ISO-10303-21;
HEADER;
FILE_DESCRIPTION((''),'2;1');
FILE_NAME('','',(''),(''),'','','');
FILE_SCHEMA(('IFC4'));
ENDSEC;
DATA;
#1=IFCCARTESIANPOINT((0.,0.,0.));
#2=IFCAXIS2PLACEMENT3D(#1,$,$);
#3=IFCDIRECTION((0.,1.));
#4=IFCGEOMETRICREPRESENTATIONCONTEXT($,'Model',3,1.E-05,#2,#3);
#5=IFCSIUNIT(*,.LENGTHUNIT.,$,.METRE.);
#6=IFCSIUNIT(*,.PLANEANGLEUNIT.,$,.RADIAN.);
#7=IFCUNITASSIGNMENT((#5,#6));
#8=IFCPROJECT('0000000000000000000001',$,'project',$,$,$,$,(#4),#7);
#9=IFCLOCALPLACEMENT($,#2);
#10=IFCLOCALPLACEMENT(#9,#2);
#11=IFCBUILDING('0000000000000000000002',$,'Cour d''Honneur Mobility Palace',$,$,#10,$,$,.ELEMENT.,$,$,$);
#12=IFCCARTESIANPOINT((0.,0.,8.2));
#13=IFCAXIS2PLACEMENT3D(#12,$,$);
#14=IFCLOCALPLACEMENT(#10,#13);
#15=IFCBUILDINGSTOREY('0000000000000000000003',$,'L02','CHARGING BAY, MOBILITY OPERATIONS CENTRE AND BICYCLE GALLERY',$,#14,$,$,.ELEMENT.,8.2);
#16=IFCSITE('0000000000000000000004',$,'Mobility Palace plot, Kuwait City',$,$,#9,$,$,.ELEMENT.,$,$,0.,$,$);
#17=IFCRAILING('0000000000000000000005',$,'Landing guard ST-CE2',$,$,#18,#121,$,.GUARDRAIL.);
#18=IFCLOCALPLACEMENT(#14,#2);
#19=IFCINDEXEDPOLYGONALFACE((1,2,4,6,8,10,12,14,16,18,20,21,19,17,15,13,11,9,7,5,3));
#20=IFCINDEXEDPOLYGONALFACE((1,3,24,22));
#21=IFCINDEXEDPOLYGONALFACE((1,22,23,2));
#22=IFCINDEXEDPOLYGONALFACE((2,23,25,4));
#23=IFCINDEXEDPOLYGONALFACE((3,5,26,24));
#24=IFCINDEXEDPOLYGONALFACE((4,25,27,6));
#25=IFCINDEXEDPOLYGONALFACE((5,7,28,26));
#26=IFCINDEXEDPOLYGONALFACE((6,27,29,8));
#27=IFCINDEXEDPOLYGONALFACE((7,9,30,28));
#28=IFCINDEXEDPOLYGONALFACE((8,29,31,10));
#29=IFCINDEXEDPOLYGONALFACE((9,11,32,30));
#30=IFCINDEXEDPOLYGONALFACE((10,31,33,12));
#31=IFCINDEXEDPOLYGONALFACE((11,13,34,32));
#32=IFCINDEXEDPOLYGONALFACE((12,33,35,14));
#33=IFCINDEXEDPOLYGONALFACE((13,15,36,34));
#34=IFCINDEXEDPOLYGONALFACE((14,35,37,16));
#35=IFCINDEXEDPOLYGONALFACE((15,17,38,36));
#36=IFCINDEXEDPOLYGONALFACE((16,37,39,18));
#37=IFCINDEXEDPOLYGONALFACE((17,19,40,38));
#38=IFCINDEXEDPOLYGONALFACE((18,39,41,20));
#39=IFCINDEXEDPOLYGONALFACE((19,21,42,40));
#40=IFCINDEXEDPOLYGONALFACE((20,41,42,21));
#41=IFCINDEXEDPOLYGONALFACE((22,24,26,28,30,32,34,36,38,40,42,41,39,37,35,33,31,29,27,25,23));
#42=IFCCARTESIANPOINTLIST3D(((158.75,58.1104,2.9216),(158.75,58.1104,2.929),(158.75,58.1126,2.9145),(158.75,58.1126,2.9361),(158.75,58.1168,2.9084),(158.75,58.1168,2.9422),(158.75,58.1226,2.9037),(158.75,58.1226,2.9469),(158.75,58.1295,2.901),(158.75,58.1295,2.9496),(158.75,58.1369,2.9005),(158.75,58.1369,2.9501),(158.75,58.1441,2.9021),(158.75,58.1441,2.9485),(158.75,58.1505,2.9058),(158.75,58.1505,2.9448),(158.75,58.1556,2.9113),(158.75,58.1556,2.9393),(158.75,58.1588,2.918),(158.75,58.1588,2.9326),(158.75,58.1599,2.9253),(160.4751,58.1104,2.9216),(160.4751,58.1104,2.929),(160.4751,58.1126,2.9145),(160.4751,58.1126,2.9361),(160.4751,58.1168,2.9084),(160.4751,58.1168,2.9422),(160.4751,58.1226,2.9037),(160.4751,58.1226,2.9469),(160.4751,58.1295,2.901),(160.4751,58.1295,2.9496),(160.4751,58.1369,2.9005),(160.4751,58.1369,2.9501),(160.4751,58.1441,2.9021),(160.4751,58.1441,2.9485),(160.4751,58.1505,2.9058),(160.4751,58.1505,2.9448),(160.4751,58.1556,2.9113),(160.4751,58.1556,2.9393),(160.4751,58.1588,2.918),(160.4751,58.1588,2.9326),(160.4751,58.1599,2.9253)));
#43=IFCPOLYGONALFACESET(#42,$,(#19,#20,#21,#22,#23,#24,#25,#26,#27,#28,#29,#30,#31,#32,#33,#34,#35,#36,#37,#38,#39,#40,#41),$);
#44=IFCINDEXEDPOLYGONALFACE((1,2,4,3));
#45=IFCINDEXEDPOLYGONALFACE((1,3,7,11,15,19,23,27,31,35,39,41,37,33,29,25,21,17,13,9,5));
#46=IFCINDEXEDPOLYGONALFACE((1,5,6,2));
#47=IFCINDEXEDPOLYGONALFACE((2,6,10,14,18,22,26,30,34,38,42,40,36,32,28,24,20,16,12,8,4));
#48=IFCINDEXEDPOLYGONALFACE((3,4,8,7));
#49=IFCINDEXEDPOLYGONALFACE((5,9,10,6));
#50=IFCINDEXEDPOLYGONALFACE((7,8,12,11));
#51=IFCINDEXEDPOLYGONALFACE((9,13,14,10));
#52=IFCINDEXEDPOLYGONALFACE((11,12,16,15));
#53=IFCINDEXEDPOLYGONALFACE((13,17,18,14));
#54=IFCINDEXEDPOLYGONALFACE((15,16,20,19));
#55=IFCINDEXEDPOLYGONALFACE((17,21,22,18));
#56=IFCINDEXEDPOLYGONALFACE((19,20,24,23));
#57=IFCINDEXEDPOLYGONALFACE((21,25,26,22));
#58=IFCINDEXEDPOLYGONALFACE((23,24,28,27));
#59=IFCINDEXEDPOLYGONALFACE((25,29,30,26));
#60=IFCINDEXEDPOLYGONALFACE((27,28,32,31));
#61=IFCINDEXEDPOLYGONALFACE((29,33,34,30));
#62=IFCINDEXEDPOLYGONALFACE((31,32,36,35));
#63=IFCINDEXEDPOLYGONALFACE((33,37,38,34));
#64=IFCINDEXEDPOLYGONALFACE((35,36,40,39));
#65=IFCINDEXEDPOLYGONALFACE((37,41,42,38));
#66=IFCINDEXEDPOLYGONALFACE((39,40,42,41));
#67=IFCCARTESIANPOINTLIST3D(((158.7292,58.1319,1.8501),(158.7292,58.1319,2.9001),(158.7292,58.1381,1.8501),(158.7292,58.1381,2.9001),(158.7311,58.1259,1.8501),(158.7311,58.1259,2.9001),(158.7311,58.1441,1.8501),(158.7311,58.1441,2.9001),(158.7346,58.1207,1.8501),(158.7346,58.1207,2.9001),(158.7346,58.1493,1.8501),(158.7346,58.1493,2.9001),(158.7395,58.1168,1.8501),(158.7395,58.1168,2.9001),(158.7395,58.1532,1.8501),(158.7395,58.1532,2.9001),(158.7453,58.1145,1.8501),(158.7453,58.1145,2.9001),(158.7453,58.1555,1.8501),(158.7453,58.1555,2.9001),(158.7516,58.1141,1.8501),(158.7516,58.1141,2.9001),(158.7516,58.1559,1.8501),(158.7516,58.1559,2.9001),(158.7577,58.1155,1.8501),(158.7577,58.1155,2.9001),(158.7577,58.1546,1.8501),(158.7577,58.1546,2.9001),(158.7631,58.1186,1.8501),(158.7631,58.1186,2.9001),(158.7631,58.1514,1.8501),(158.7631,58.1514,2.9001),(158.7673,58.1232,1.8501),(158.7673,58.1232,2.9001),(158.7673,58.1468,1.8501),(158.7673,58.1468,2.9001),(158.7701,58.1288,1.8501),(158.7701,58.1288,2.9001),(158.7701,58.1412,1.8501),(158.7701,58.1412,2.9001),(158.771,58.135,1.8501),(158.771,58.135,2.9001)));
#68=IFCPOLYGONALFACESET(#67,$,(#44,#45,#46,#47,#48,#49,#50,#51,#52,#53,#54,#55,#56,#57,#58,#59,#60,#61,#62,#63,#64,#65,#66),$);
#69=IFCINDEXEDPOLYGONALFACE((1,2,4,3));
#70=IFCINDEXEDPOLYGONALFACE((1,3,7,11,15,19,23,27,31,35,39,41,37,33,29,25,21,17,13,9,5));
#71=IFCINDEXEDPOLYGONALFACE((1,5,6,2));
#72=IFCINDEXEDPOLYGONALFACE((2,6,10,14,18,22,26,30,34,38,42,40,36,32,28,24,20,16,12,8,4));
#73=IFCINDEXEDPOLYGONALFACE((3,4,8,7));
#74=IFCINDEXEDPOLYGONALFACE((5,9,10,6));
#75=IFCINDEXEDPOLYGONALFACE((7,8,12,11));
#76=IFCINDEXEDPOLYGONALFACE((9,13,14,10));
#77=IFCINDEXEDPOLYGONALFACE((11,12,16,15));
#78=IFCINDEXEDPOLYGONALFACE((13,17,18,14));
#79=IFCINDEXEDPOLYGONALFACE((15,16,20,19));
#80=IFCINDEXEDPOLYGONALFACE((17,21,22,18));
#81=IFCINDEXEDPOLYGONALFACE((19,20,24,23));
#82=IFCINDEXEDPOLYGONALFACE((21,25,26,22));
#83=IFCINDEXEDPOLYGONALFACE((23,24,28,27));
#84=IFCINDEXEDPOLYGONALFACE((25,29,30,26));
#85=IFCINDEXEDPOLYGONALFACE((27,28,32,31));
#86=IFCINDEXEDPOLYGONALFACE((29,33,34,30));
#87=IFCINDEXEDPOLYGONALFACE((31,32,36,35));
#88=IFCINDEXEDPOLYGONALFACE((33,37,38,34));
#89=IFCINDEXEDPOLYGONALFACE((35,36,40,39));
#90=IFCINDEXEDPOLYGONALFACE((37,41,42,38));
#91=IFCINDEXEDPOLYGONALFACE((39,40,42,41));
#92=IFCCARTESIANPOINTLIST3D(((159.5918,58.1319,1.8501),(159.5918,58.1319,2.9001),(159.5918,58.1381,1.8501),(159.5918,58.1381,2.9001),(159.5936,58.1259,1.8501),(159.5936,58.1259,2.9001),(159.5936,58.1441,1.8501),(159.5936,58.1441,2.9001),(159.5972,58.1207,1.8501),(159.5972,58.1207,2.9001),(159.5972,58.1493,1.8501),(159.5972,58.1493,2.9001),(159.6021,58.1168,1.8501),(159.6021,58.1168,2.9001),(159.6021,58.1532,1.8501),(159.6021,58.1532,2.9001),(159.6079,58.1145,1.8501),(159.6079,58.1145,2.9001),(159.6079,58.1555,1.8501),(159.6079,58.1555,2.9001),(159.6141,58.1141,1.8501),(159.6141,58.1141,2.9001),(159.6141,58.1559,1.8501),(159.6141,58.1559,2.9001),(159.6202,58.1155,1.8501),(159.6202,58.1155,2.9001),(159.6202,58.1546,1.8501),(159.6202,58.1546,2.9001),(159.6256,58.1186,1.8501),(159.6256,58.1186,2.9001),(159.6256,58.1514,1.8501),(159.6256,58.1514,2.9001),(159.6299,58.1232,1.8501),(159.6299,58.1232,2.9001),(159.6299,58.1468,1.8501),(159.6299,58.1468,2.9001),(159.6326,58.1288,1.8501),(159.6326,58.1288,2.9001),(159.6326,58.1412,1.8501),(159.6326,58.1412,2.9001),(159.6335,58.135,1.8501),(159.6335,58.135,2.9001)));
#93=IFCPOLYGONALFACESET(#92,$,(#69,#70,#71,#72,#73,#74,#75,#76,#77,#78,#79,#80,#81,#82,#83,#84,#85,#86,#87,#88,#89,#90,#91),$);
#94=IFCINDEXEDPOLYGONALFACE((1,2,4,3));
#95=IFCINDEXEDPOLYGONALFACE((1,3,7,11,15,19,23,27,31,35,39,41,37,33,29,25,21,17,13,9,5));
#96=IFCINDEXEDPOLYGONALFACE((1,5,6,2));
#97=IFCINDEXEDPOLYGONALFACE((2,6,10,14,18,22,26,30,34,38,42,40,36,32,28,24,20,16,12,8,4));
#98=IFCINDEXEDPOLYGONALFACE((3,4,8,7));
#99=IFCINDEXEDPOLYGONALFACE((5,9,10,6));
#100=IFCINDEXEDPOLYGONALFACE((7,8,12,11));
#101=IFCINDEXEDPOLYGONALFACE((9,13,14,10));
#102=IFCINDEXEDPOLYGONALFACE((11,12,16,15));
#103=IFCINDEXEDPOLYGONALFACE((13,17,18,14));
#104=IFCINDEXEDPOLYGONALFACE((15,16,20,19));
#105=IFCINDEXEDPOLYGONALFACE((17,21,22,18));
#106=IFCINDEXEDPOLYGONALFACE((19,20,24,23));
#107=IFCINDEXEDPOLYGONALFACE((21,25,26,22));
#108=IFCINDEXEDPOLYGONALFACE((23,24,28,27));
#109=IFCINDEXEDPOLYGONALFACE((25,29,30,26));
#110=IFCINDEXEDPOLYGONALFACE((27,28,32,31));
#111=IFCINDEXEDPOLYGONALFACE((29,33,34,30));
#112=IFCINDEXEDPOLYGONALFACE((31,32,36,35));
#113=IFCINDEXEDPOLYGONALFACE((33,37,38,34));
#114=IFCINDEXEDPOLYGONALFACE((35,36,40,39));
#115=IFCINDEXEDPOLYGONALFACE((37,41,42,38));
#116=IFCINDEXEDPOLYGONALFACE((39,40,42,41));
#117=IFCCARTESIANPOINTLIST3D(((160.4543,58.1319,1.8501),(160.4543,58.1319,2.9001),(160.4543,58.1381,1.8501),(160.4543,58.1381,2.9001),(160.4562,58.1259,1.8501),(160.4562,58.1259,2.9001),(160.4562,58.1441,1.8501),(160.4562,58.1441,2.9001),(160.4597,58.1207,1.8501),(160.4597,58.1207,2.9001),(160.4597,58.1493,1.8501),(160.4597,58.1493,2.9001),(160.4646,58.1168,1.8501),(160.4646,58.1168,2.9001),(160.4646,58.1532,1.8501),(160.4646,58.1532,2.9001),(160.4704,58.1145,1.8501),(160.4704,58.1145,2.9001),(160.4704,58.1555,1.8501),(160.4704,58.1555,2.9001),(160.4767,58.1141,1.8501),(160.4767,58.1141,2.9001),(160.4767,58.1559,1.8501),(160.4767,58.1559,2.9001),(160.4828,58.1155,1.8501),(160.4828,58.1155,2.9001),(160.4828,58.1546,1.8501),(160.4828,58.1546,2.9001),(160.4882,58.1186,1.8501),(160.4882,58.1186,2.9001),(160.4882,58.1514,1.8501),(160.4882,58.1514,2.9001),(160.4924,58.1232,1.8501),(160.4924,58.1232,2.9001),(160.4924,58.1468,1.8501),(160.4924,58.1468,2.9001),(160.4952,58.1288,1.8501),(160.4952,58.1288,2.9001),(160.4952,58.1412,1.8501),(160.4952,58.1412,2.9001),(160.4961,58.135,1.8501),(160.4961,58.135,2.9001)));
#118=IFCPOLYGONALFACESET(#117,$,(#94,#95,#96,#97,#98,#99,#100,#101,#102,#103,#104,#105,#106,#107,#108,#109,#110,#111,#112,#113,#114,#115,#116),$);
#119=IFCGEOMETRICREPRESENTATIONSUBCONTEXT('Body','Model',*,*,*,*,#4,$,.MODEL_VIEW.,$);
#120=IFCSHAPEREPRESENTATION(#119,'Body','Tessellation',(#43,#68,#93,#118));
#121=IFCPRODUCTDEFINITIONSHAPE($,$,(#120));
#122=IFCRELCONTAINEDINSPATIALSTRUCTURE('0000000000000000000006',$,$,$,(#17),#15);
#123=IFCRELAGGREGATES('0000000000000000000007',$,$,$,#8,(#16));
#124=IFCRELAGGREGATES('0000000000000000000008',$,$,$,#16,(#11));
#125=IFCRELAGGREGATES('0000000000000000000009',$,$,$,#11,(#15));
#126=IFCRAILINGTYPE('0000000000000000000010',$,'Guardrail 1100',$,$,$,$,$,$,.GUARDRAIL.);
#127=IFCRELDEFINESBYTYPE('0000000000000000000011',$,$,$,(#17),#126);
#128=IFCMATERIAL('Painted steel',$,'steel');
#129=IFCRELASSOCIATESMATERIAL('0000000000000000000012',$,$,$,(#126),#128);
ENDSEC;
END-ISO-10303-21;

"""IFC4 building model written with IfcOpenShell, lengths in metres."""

from ifc_helpers import new_model, si_unit, direction, frame, origin, origin_2d, place, context, subcontext, project, spatial, circle, extrude, material, type_object, element, save


model = new_model("IFC4")

# Units and contexts
model_context = context("Model", 3, precision=1e-05, world=origin(), true_north=direction((0.0, 1.0)))
body_context = subcontext(model_context, "Body", "Model", "MODEL_VIEW")
ifc_project = project(units=[si_unit("LENGTHUNIT", "METRE"), si_unit("PLANEANGLEUNIT", "RADIAN")], contexts=[model_context])

# Site, building, storey
site_placement = place(None, origin())
site = spatial("IfcSite", under=ifc_project, at=site_placement, Name="Mobility Palace plot, Kuwait City", CompositionType="ELEMENT", RefElevation=0.0)
building_placement = place(site_placement, origin())
building = spatial("IfcBuilding", under=site, at=building_placement, Name="Cour d'Honneur Mobility Palace", CompositionType="ELEMENT")
storey_placement = place(building_placement, frame((0.0, 0.0, 8.2)))
storey = spatial("IfcBuildingStorey", under=building, at=storey_placement, Name="L02", Description="CHARGING BAY, MOBILITY OPERATIONS CENTRE AND BICYCLE GALLERY", CompositionType="ELEMENT", Elevation=8.2)

# Railing
ifc_material_1 = material(Name="Painted steel", Category="steel")
railing_type_1 = type_object("IfcRailingType", Name="Guardrail 1100", PredefinedType="GUARDRAIL", material=ifc_material_1)
railing_1_placement = place(storey_placement, frame((158.75, 58.135, 1.8501)))
element("IfcRailing", 1, at=railing_1_placement, inside=storey, type_object=railing_type_1, Name="Landing guard ST-CE2", PredefinedType="GUARDRAIL", context=body_context, shape_type="SweptSolid", body=[
    extrude(circle(Radius=0.0249, at=origin_2d()), frame((0.0, 0.0, 1.0752), z_axis=(1.0, 0.0, 0.0), x_axis=(0.0, 1.0, 0.0)), (0.0, 0.0, 1.0), 1.7251),
    extrude(circle(Radius=0.021, at=origin_2d()), origin(), (0.0, 0.0, 1.0), 1.05),
    extrude(circle(Radius=0.021, at=origin_2d()), frame((0.8625, 0.0, 0.0)), (0.0, 0.0, 1.0), 1.05),
    extrude(circle(Radius=0.021, at=origin_2d()), frame((1.7251, 0.0, 0.0)), (0.0, 0.0, 1.0), 1.05),
])

save(model, "model.ifc")
